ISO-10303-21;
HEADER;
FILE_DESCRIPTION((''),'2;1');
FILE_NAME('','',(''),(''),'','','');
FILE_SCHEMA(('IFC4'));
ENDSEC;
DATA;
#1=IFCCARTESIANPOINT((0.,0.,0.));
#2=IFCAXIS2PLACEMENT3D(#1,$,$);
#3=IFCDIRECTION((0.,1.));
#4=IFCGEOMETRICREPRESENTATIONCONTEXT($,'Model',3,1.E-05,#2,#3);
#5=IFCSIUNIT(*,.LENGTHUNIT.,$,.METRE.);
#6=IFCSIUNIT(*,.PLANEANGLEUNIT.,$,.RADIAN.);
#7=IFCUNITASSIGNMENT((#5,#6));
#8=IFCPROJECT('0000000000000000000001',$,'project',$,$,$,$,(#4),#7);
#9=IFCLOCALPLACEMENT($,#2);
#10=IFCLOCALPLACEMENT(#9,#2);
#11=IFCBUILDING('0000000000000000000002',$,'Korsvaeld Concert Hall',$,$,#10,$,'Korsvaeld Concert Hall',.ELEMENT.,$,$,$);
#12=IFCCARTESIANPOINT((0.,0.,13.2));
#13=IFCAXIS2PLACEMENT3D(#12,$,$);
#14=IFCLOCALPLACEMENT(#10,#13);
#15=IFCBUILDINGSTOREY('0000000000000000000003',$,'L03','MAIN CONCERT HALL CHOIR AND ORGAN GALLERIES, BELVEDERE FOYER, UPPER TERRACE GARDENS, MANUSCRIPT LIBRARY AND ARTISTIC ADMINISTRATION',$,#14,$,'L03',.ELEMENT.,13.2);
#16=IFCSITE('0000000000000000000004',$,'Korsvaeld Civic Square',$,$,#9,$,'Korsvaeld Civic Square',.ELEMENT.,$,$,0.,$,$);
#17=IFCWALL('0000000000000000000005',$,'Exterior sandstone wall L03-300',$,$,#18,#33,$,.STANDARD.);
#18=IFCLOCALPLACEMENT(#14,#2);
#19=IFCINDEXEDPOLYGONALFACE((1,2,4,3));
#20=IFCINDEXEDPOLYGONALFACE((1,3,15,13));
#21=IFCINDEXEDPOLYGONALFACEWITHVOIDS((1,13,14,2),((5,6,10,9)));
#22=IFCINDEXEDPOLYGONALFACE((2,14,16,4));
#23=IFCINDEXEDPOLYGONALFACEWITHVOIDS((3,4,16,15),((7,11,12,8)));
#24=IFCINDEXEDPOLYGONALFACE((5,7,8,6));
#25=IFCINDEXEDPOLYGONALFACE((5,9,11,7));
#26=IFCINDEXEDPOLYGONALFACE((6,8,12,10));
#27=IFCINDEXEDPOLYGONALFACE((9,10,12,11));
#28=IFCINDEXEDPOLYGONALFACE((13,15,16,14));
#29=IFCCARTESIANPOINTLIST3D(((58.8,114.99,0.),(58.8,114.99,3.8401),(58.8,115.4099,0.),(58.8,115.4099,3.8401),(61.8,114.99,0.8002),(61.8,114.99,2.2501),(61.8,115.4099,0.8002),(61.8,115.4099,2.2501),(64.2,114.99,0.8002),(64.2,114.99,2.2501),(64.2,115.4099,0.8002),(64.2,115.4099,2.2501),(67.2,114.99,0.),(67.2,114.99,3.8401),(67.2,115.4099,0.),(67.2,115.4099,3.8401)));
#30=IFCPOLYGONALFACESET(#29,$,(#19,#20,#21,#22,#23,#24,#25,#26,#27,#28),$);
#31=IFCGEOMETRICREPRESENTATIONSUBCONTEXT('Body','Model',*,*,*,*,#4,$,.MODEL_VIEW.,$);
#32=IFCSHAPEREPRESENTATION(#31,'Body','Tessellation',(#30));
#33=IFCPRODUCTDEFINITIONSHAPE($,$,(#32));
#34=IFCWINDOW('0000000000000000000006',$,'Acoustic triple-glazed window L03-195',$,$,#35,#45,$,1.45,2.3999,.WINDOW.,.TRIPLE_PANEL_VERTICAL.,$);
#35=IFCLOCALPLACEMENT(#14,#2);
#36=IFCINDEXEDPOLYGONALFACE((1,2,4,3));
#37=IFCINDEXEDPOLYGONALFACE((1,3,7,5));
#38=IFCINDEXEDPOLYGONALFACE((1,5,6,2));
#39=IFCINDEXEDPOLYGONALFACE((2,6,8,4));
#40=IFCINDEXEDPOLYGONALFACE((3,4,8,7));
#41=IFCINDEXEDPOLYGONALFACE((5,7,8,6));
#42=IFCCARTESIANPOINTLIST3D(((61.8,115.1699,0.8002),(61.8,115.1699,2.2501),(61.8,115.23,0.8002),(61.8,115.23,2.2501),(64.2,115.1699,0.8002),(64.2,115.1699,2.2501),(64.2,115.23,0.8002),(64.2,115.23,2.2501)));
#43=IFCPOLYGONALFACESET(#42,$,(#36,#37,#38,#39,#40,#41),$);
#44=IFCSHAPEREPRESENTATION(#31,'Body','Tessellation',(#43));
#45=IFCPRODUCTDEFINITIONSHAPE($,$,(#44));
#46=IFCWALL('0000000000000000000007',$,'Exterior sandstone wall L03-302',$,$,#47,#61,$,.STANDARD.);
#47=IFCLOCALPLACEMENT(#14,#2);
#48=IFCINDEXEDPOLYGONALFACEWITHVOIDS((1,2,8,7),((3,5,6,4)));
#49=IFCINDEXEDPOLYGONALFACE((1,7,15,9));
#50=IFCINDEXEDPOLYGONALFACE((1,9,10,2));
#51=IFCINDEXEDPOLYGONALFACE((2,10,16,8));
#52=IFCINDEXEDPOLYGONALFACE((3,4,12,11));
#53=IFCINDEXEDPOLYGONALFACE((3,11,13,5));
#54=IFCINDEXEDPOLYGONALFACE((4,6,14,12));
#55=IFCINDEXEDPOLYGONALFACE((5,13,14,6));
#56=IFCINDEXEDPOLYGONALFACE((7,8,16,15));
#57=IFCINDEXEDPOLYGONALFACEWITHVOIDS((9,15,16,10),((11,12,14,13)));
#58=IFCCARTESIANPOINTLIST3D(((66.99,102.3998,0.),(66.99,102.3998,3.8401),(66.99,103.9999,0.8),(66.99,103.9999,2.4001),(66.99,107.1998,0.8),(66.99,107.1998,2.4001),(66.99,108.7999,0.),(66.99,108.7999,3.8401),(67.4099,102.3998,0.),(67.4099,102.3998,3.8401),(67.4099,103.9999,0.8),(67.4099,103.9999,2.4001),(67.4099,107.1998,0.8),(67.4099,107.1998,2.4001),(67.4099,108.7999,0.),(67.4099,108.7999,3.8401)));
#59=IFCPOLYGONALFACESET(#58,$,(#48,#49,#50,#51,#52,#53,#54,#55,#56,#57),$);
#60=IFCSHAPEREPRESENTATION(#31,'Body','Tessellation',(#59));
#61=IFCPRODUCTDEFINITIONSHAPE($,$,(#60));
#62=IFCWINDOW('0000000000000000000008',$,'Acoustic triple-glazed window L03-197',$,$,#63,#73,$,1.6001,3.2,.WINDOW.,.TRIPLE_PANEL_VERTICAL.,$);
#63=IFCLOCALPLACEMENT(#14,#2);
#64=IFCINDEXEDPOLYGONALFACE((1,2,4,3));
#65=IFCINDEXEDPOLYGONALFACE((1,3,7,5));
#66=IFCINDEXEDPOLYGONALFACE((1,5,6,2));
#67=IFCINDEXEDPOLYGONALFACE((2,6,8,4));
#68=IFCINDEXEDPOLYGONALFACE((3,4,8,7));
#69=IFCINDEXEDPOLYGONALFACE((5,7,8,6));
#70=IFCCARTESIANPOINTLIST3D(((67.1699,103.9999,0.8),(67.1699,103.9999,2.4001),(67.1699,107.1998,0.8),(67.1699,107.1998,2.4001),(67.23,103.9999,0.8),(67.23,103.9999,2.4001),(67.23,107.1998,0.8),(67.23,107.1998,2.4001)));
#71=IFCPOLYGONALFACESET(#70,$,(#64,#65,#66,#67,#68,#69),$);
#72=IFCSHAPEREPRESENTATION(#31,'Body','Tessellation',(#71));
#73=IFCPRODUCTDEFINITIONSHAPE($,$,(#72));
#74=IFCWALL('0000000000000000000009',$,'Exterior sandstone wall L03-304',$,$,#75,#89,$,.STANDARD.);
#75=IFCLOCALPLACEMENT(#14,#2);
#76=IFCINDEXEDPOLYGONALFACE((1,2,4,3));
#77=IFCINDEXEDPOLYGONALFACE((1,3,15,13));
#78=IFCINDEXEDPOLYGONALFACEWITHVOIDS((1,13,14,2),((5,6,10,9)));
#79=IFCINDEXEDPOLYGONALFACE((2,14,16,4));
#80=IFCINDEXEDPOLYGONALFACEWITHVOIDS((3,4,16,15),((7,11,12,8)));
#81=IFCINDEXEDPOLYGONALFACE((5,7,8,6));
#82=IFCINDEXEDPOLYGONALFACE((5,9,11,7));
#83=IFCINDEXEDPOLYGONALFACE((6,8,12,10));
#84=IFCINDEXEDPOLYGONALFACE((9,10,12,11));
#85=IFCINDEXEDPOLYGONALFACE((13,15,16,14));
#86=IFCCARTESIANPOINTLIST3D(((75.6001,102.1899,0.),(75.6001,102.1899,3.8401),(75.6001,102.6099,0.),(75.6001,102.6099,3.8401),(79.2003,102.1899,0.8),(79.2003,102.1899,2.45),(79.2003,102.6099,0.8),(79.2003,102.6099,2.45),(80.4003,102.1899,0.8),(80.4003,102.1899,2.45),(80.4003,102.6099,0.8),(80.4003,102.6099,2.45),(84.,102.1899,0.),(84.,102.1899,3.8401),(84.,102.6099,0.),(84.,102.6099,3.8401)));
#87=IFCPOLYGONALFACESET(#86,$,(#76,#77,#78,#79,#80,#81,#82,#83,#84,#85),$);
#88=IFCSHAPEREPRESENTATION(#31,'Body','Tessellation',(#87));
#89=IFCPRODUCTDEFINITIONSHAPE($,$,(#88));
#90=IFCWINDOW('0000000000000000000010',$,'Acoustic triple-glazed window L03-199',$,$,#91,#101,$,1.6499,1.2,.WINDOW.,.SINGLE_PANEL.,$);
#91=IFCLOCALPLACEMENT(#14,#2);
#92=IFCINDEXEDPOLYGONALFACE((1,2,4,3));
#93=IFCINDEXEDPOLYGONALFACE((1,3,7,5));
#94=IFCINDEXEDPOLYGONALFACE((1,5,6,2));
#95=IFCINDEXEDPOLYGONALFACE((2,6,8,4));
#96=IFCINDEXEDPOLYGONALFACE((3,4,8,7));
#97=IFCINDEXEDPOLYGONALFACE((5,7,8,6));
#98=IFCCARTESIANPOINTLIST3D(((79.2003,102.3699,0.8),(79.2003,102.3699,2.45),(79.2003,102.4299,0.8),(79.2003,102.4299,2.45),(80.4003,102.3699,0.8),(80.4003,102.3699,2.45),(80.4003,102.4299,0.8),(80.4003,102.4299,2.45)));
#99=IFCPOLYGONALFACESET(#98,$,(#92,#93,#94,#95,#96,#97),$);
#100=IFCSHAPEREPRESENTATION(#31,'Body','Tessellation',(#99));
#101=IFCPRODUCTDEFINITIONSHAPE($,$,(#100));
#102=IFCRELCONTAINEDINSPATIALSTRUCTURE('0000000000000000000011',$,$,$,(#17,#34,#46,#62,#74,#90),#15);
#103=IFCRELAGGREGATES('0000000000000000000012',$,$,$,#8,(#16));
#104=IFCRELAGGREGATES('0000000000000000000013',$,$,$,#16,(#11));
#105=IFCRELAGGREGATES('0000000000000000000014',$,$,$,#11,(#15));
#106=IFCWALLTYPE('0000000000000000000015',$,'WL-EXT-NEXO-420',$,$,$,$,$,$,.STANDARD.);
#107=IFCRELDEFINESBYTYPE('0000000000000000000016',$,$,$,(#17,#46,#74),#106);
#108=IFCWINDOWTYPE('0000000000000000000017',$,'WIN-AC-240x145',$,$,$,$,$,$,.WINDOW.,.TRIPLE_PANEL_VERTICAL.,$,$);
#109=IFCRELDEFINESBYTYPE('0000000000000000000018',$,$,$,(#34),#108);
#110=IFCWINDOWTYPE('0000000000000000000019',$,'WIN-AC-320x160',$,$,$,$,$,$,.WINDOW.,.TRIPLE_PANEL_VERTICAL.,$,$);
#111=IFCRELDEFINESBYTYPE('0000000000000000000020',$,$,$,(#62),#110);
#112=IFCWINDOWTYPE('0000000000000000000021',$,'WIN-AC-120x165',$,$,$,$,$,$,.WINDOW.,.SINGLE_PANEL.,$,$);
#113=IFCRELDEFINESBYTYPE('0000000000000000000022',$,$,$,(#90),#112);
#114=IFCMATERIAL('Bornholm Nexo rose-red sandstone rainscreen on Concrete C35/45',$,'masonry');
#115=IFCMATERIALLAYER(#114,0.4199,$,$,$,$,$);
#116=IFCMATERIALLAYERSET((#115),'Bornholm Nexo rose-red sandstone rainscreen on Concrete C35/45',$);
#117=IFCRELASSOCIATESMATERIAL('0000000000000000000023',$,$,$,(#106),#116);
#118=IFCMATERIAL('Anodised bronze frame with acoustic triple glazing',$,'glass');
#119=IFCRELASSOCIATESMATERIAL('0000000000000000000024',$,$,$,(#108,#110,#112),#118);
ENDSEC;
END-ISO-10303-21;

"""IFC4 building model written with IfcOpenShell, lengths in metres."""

from ifc_helpers import new_model, si_unit, direction, frame, frame_2d, origin, place, context, subcontext, project, spatial, rectangle, extrude, material, layer, layer_set, type_object, element, fill, save


model = new_model("IFC4")

# Units and contexts
model_context = context("Model", 3, precision=1e-05, world=origin(), true_north=direction((0.0, 1.0)))
body_context = subcontext(model_context, "Body", "Model", "MODEL_VIEW")
ifc_project = project(units=[si_unit("LENGTHUNIT", "METRE"), si_unit("PLANEANGLEUNIT", "RADIAN")], contexts=[model_context])

# Site, building, storey
site_placement = place(None, origin())
site = spatial("IfcSite", under=ifc_project, at=site_placement, Name="Korsvaeld Civic Square", LongName="Korsvaeld Civic Square", CompositionType="ELEMENT", RefElevation=0.0)
building_placement = place(site_placement, origin())
building = spatial("IfcBuilding", under=site, at=building_placement, Name="Korsvaeld Concert Hall", LongName="Korsvaeld Concert Hall", CompositionType="ELEMENT")
storey_placement = place(building_placement, frame((0.0, 0.0, 13.2)))
storey = spatial("IfcBuildingStorey", under=building, at=storey_placement, Name="L03", Description="MAIN CONCERT HALL CHOIR AND ORGAN GALLERIES, BELVEDERE FOYER, UPPER TERRACE GARDENS, MANUSCRIPT LIBRARY AND ARTISTIC ADMINISTRATION", LongName="L03", CompositionType="ELEMENT", Elevation=13.2)

# Walls, openings, windows
ifc_material_1 = material(Name="Anodised bronze frame with acoustic triple glazing", Category="glass")
ifc_material_2 = material(Name="Bornholm Nexo rose-red sandstone rainscreen on Concrete C35/45", Category="masonry")
ifc_layer_1 = layer(ifc_material_2, 0.4199)
ifc_layer_set_1 = layer_set([ifc_layer_1], Name="Bornholm Nexo rose-red sandstone rainscreen on Concrete C35/45")
wall_type_1 = type_object("IfcWallType", Name="WL-EXT-NEXO-420", PredefinedType="STANDARD", material=ifc_layer_set_1)
wall_1_placement = place(storey_placement, frame((58.8, 115.2, 0.0), z_axis=(0.0, 0.0, 1.0), x_axis=(1.0, 0.0, 0.0)))
wall_1 = element("IfcWall", 1, at=wall_1_placement, inside=storey, type_object=wall_type_1, Name="Exterior sandstone wall L03-300", PredefinedType="STANDARD", context=body_context, shape_type="SweptSolid", body=[
    extrude(rectangle(XDim=8.3999, YDim=0.4199, at=frame_2d((4.2, 0.0))), origin(), (0.0, 0.0, 1.0), 3.8401),
])
opening_1_placement = place(wall_1_placement, frame((3.0, 0.0, 0.8)))
opening_1 = element("IfcOpeningElement", 2, at=opening_1_placement, cuts=wall_1, PredefinedType="OPENING", context=body_context, shape_type="SweptSolid", body=[
    extrude(rectangle(XDim=2.3999, YDim=1.45, at=frame_2d((1.2, 0.7251))), frame((0.0, 0.22, 0.0), z_axis=(0.0, -1.0, 0.0), x_axis=(1.0, 0.0, 0.0)), (0.0, 0.0, 1.0), 0.4399),
])
window_type_1 = type_object("IfcWindowType", Name="WIN-AC-240x145", PartitioningType="TRIPLE_PANEL_VERTICAL", PredefinedType="WINDOW", material=ifc_material_1)
window_1_placement = place(opening_1_placement, origin())
window_1 = element("IfcWindow", 3, at=window_1_placement, inside=storey, type_object=window_type_1, Name="Acoustic triple-glazed window L03-195", OverallHeight=1.45, OverallWidth=2.3999, PartitioningType="TRIPLE_PANEL_VERTICAL", PredefinedType="WINDOW", context=body_context, shape_type="SweptSolid", body=[
    extrude(rectangle(XDim=2.3999, YDim=1.45, at=frame_2d((1.2, 0.7251))), frame((0.0, 0.03, 0.0), z_axis=(0.0, -1.0, 0.0), x_axis=(1.0, 0.0, 0.0)), (0.0, 0.0, 1.0), 0.0601),
])
fill(opening_1, window_1)
wall_2_placement = place(storey_placement, frame((67.2, 108.8, 0.0), z_axis=(0.0, 0.0, 1.0), x_axis=(0.0, -1.0, 0.0)))
wall_2 = element("IfcWall", 4, at=wall_2_placement, inside=storey, type_object=wall_type_1, Name="Exterior sandstone wall L03-302", PredefinedType="STANDARD", context=body_context, shape_type="SweptSolid", body=[
    extrude(rectangle(XDim=6.4001, YDim=0.4199, at=frame_2d((3.2002, 0.0))), origin(), (0.0, 0.0, 1.0), 3.8401),
])
opening_2_placement = place(wall_2_placement, frame((1.6001, 0.0, 0.8)))
opening_2 = element("IfcOpeningElement", 5, at=opening_2_placement, cuts=wall_2, PredefinedType="OPENING", context=body_context, shape_type="SweptSolid", body=[
    extrude(rectangle(XDim=3.2, YDim=1.6001, at=frame_2d((1.6001, 0.8))), frame((0.0, 0.22, 0.0), z_axis=(0.0, -1.0, 0.0), x_axis=(1.0, 0.0, 0.0)), (0.0, 0.0, 1.0), 0.4399),
])
window_type_2 = type_object("IfcWindowType", Name="WIN-AC-320x160", PartitioningType="TRIPLE_PANEL_VERTICAL", PredefinedType="WINDOW", material=ifc_material_1)
window_2_placement = place(opening_2_placement, origin())
window_2 = element("IfcWindow", 6, at=window_2_placement, inside=storey, type_object=window_type_2, Name="Acoustic triple-glazed window L03-197", OverallHeight=1.6001, OverallWidth=3.2, PartitioningType="TRIPLE_PANEL_VERTICAL", PredefinedType="WINDOW", context=body_context, shape_type="SweptSolid", body=[
    extrude(rectangle(XDim=3.2, YDim=1.6001, at=frame_2d((1.6001, 0.8))), frame((0.0, 0.03, 0.0), z_axis=(0.0, -1.0, 0.0), x_axis=(1.0, 0.0, 0.0)), (0.0, 0.0, 1.0), 0.0601),
])
fill(opening_2, window_2)
wall_3_placement = place(storey_placement, frame((75.6001, 102.3999, 0.0), z_axis=(0.0, 0.0, 1.0), x_axis=(1.0, 0.0, 0.0)))
wall_3 = element("IfcWall", 7, at=wall_3_placement, inside=storey, type_object=wall_type_1, Name="Exterior sandstone wall L03-304", PredefinedType="STANDARD", context=body_context, shape_type="SweptSolid", body=[
    extrude(rectangle(XDim=8.3999, YDim=0.4199, at=frame_2d((4.2, 0.0))), origin(), (0.0, 0.0, 1.0), 3.8401),
])
opening_3_placement = place(wall_3_placement, frame((3.6001, 0.0, 0.8)))
opening_3 = element("IfcOpeningElement", 8, at=opening_3_placement, cuts=wall_3, PredefinedType="OPENING", context=body_context, shape_type="SweptSolid", body=[
    extrude(rectangle(XDim=1.2, YDim=1.6499, at=frame_2d((0.6001, 0.825))), frame((0.0, 0.22, 0.0), z_axis=(0.0, -1.0, 0.0), x_axis=(1.0, 0.0, 0.0)), (0.0, 0.0, 1.0), 0.4399),
])
window_type_3 = type_object("IfcWindowType", Name="WIN-AC-120x165", PartitioningType="SINGLE_PANEL", PredefinedType="WINDOW", material=ifc_material_1)
window_3_placement = place(opening_3_placement, origin())
window_3 = element("IfcWindow", 9, at=window_3_placement, inside=storey, type_object=window_type_3, Name="Acoustic triple-glazed window L03-199", OverallHeight=1.6499, OverallWidth=1.2, PartitioningType="SINGLE_PANEL", PredefinedType="WINDOW", context=body_context, shape_type="SweptSolid", body=[
    extrude(rectangle(XDim=1.2, YDim=1.6499, at=frame_2d((0.6001, 0.825))), frame((0.0, 0.03, 0.0), z_axis=(0.0, -1.0, 0.0), x_axis=(1.0, 0.0, 0.0)), (0.0, 0.0, 1.0), 0.0601),
])
fill(opening_3, window_3)

save(model, "model.ifc")
